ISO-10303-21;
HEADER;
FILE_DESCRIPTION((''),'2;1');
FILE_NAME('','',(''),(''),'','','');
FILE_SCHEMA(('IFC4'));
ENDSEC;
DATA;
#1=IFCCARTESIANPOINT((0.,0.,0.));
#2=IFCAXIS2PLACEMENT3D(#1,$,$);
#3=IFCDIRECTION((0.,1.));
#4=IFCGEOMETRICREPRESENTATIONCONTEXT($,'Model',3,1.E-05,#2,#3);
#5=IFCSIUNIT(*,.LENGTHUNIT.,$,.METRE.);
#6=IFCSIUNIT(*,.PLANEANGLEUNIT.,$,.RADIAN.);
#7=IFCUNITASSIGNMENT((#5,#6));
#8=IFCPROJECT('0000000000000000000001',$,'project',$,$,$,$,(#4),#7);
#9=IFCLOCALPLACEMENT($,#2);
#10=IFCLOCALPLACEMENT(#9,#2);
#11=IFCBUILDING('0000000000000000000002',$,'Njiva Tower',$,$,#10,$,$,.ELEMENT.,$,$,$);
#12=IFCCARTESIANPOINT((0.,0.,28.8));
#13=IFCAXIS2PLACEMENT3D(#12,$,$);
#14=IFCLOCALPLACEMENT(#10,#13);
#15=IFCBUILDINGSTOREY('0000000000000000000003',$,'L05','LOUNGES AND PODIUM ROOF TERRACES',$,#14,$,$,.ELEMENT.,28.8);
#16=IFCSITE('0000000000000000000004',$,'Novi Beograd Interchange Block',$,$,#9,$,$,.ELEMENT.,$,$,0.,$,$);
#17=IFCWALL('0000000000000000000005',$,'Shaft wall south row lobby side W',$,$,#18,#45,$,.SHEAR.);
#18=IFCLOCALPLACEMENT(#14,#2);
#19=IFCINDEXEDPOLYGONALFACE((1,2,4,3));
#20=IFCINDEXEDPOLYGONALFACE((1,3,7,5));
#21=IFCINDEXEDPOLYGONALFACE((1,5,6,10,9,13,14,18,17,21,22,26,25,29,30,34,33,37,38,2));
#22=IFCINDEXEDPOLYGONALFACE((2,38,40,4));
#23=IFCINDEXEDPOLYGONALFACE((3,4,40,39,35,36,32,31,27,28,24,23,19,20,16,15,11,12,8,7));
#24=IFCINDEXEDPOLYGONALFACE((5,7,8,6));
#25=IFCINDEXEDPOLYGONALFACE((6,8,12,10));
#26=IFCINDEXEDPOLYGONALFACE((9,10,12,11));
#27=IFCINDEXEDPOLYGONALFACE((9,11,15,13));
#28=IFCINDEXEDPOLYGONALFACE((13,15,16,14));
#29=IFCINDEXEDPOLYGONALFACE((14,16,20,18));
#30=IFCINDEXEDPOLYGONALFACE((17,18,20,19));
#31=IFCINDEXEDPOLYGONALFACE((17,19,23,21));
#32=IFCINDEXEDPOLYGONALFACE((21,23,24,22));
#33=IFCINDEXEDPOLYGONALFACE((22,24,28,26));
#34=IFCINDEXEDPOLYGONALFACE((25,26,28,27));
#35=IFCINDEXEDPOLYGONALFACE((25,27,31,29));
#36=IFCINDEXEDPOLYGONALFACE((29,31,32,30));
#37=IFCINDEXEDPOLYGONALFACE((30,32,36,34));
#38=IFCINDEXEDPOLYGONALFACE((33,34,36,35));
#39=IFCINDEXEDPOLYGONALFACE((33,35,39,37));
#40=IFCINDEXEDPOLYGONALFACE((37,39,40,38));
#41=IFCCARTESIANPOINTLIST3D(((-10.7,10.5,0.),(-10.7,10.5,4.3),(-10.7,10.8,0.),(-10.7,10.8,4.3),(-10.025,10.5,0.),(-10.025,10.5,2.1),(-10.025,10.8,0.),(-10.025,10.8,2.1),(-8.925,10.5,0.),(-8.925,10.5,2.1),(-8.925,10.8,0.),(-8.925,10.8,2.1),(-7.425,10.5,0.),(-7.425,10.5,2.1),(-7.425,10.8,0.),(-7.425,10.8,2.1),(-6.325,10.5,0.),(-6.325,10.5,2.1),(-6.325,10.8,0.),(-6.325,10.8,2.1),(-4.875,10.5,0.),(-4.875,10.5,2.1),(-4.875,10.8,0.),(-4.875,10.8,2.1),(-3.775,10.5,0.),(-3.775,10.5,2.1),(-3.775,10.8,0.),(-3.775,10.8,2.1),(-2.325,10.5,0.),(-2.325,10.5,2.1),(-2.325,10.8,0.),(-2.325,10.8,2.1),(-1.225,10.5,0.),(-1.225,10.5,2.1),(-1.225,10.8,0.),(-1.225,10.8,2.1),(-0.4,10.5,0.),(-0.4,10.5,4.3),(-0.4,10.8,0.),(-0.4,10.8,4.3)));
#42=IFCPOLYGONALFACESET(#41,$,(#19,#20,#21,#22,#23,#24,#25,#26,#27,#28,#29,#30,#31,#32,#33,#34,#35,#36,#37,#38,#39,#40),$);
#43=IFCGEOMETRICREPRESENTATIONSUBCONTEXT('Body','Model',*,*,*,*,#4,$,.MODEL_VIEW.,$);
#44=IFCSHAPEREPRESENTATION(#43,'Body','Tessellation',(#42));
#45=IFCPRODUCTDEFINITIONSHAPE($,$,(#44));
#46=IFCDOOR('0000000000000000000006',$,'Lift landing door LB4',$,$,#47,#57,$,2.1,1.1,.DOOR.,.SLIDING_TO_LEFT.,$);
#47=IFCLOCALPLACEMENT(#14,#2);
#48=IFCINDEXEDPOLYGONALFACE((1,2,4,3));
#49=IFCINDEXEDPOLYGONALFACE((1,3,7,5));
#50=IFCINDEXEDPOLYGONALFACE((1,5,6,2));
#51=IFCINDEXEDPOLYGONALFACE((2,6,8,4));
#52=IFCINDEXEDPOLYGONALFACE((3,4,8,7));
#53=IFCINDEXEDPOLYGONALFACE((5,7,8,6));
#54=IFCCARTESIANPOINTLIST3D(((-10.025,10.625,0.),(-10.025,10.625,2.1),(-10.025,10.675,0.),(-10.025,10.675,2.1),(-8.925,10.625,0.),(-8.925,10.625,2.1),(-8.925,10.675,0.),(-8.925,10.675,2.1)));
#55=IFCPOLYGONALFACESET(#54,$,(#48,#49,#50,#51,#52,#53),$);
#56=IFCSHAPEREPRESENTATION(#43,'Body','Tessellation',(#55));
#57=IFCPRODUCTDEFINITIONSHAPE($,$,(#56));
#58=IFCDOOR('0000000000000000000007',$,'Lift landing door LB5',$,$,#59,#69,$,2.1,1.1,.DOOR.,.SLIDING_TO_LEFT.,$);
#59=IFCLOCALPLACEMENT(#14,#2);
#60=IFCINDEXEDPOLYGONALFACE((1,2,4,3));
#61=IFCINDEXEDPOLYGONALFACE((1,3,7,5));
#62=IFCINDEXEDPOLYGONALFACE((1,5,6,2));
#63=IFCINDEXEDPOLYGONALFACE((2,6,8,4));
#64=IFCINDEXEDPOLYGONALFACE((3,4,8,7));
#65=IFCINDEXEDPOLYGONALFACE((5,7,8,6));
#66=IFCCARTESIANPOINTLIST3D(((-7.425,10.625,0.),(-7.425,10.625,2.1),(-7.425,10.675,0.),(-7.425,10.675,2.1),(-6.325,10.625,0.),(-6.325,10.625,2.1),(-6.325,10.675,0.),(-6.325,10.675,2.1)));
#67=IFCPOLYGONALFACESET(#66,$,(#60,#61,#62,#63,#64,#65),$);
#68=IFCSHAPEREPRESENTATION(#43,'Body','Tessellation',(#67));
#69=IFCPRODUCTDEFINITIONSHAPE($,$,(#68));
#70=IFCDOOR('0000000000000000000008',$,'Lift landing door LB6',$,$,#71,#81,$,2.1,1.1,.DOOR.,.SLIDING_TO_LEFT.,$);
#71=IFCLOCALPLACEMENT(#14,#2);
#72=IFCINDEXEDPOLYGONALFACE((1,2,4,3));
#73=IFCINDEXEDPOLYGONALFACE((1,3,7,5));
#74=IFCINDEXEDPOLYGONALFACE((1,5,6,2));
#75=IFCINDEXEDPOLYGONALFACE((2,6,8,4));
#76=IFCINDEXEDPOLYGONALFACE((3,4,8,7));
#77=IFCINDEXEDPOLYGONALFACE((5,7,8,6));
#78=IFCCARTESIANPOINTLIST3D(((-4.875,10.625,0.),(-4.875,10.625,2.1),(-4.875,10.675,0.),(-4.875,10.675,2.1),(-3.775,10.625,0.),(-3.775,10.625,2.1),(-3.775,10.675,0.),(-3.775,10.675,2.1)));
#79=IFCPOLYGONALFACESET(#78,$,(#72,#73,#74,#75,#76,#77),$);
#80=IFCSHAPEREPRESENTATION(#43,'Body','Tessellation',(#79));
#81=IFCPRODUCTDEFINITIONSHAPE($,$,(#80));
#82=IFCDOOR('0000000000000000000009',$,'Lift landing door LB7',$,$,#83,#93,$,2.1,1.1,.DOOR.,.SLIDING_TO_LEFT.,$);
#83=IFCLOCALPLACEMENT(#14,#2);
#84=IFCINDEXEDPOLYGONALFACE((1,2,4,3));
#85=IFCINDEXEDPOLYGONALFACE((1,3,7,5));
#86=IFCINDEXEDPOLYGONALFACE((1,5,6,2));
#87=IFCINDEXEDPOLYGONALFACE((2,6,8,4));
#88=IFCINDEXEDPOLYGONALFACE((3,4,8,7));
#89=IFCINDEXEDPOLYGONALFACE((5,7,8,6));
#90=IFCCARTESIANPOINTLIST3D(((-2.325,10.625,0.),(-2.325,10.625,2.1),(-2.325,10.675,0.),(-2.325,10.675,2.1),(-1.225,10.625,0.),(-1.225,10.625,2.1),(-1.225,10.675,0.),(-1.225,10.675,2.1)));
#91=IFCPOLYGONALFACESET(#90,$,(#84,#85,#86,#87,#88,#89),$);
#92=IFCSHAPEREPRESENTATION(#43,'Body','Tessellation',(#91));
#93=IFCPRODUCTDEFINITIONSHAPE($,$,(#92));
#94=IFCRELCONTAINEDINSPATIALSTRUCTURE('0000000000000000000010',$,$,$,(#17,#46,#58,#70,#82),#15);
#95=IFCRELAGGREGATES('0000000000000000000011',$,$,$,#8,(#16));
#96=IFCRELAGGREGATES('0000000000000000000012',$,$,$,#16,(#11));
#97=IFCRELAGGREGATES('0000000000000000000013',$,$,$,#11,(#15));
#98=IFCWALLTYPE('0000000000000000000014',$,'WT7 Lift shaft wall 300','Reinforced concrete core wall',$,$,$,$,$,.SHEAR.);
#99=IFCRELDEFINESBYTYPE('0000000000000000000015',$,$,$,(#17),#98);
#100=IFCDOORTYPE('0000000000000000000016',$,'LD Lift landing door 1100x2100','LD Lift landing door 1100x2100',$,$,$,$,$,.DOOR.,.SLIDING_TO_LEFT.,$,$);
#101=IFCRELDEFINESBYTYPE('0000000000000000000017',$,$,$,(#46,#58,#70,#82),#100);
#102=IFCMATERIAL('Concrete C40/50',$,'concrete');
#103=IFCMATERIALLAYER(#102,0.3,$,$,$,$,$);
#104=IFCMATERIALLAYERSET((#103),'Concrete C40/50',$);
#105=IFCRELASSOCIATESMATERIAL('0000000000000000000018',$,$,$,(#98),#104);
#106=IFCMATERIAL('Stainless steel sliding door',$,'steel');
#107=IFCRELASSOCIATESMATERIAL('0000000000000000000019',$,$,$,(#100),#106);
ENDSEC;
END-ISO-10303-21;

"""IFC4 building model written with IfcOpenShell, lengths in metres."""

from ifc_helpers import new_model, si_unit, direction, frame, frame_2d, origin, place, context, subcontext, project, spatial, rectangle, extrude, material, layer, layer_set, type_object, element, fill, save


model = new_model("IFC4")

# Units and contexts
model_context = context("Model", 3, precision=1e-05, world=origin(), true_north=direction((0.0, 1.0)))
body_context = subcontext(model_context, "Body", "Model", "MODEL_VIEW")
ifc_project = project(units=[si_unit("LENGTHUNIT", "METRE"), si_unit("PLANEANGLEUNIT", "RADIAN")], contexts=[model_context])

# Site, building, storey
site_placement = place(None, origin())
site = spatial("IfcSite", under=ifc_project, at=site_placement, Name="Novi Beograd Interchange Block", CompositionType="ELEMENT", RefElevation=0.0)
building_placement = place(site_placement, origin())
building = spatial("IfcBuilding", under=site, at=building_placement, Name="Njiva Tower", CompositionType="ELEMENT")
storey_placement = place(building_placement, frame((0.0, 0.0, 28.8)))
storey = spatial("IfcBuildingStorey", under=building, at=storey_placement, Name="L05", Description="LOUNGES AND PODIUM ROOF TERRACES", CompositionType="ELEMENT", Elevation=28.8)

# Shared definitions
ifc_material_1 = material(Name="Concrete C40/50", Category="concrete")

# Wall, openings, doors
ifc_layer_1 = layer(ifc_material_1, 0.3)
ifc_layer_set_1 = layer_set([ifc_layer_1], Name="Concrete C40/50")
wall_type_1 = type_object("IfcWallType", Name="WT7 Lift shaft wall 300", Description="Reinforced concrete core wall", PredefinedType="SHEAR", material=ifc_layer_set_1)
ifc_material_2 = material(Name="Stainless steel sliding door", Category="steel")
door_type_1 = type_object("IfcDoorType", Name="LD Lift landing door 1100x2100", Description="LD Lift landing door 1100x2100", OperationType="SLIDING_TO_LEFT", PredefinedType="DOOR", material=ifc_material_2)
wall_1_placement = place(storey_placement, frame((-10.7, 10.65, 0.0), z_axis=(0.0, 0.0, 1.0), x_axis=(1.0, 0.0, 0.0)))
wall_1 = element("IfcWall", 1, at=wall_1_placement, inside=storey, type_object=wall_type_1, Name="Shaft wall south row lobby side W", PredefinedType="SHEAR", context=body_context, shape_type="SweptSolid", body=[
    extrude(rectangle(XDim=10.3, YDim=0.3, at=frame_2d((5.15, 0.0))), origin(), (0.0, 0.0, 1.0), 4.3),
])
opening_1_placement = place(wall_1_placement, frame((0.675, 0.0, 0.0)))
opening_1 = element("IfcOpeningElement", 2, at=opening_1_placement, cuts=wall_1, PredefinedType="OPENING", context=body_context, shape_type="SweptSolid", body=[
    extrude(rectangle(XDim=1.1, YDim=2.1, at=frame_2d((0.55, 1.05))), frame((0.0, 0.16, 0.0), z_axis=(0.0, -1.0, 0.0), x_axis=(1.0, 0.0, 0.0)), (0.0, 0.0, 1.0), 0.32),
])
opening_2_placement = place(wall_1_placement, frame((3.275, 0.0, 0.0)))
opening_2 = element("IfcOpeningElement", 3, at=opening_2_placement, cuts=wall_1, PredefinedType="OPENING", context=body_context, shape_type="SweptSolid", body=[
    extrude(rectangle(XDim=1.1, YDim=2.1, at=frame_2d((0.55, 1.05))), frame((0.0, 0.16, 0.0), z_axis=(0.0, -1.0, 0.0), x_axis=(1.0, 0.0, 0.0)), (0.0, 0.0, 1.0), 0.32),
])
opening_3_placement = place(wall_1_placement, frame((5.825, 0.0, 0.0)))
opening_3 = element("IfcOpeningElement", 4, at=opening_3_placement, cuts=wall_1, PredefinedType="OPENING", context=body_context, shape_type="SweptSolid", body=[
    extrude(rectangle(XDim=1.1, YDim=2.1, at=frame_2d((0.55, 1.05))), frame((0.0, 0.16, 0.0), z_axis=(0.0, -1.0, 0.0), x_axis=(1.0, 0.0, 0.0)), (0.0, 0.0, 1.0), 0.32),
])
opening_4_placement = place(wall_1_placement, frame((8.375, 0.0, 0.0)))
opening_4 = element("IfcOpeningElement", 5, at=opening_4_placement, cuts=wall_1, PredefinedType="OPENING", context=body_context, shape_type="SweptSolid", body=[
    extrude(rectangle(XDim=1.1, YDim=2.1, at=frame_2d((0.55, 1.05))), frame((0.0, 0.16, 0.0), z_axis=(0.0, -1.0, 0.0), x_axis=(1.0, 0.0, 0.0)), (0.0, 0.0, 1.0), 0.32),
])
door_1_placement = place(opening_1_placement, origin())
door_1 = element("IfcDoor", 6, at=door_1_placement, inside=storey, type_object=door_type_1, Name="Lift landing door LB4", OperationType="SLIDING_TO_LEFT", OverallHeight=2.1, OverallWidth=1.1, PredefinedType="DOOR", context=body_context, shape_type="SweptSolid", body=[
    extrude(rectangle(XDim=1.1, YDim=2.1, at=frame_2d((0.55, 1.05))), frame((0.0, 0.025, 0.0), z_axis=(0.0, -1.0, 0.0), x_axis=(1.0, 0.0, 0.0)), (0.0, 0.0, 1.0), 0.05),
])
fill(opening_1, door_1)
door_2_placement = place(opening_2_placement, origin())
door_2 = element("IfcDoor", 7, at=door_2_placement, inside=storey, type_object=door_type_1, Name="Lift landing door LB5", OperationType="SLIDING_TO_LEFT", OverallHeight=2.1, OverallWidth=1.1, PredefinedType="DOOR", context=body_context, shape_type="SweptSolid", body=[
    extrude(rectangle(XDim=1.1, YDim=2.1, at=frame_2d((0.55, 1.05))), frame((0.0, 0.025, 0.0), z_axis=(0.0, -1.0, 0.0), x_axis=(1.0, 0.0, 0.0)), (0.0, 0.0, 1.0), 0.05),
])
fill(opening_2, door_2)
door_3_placement = place(opening_3_placement, origin())
door_3 = element("IfcDoor", 8, at=door_3_placement, inside=storey, type_object=door_type_1, Name="Lift landing door LB6", OperationType="SLIDING_TO_LEFT", OverallHeight=2.1, OverallWidth=1.1, PredefinedType="DOOR", context=body_context, shape_type="SweptSolid", body=[
    extrude(rectangle(XDim=1.1, YDim=2.1, at=frame_2d((0.55, 1.05))), frame((0.0, 0.025, 0.0), z_axis=(0.0, -1.0, 0.0), x_axis=(1.0, 0.0, 0.0)), (0.0, 0.0, 1.0), 0.05),
])
fill(opening_3, door_3)
door_4_placement = place(opening_4_placement, origin())
door_4 = element("IfcDoor", 9, at=door_4_placement, inside=storey, type_object=door_type_1, Name="Lift landing door LB7", OperationType="SLIDING_TO_LEFT", OverallHeight=2.1, OverallWidth=1.1, PredefinedType="DOOR", context=body_context, shape_type="SweptSolid", body=[
    extrude(rectangle(XDim=1.1, YDim=2.1, at=frame_2d((0.55, 1.05))), frame((0.0, 0.025, 0.0), z_axis=(0.0, -1.0, 0.0), x_axis=(1.0, 0.0, 0.0)), (0.0, 0.0, 1.0), 0.05),
])
fill(opening_4, door_4)

save(model, "model.ifc")
